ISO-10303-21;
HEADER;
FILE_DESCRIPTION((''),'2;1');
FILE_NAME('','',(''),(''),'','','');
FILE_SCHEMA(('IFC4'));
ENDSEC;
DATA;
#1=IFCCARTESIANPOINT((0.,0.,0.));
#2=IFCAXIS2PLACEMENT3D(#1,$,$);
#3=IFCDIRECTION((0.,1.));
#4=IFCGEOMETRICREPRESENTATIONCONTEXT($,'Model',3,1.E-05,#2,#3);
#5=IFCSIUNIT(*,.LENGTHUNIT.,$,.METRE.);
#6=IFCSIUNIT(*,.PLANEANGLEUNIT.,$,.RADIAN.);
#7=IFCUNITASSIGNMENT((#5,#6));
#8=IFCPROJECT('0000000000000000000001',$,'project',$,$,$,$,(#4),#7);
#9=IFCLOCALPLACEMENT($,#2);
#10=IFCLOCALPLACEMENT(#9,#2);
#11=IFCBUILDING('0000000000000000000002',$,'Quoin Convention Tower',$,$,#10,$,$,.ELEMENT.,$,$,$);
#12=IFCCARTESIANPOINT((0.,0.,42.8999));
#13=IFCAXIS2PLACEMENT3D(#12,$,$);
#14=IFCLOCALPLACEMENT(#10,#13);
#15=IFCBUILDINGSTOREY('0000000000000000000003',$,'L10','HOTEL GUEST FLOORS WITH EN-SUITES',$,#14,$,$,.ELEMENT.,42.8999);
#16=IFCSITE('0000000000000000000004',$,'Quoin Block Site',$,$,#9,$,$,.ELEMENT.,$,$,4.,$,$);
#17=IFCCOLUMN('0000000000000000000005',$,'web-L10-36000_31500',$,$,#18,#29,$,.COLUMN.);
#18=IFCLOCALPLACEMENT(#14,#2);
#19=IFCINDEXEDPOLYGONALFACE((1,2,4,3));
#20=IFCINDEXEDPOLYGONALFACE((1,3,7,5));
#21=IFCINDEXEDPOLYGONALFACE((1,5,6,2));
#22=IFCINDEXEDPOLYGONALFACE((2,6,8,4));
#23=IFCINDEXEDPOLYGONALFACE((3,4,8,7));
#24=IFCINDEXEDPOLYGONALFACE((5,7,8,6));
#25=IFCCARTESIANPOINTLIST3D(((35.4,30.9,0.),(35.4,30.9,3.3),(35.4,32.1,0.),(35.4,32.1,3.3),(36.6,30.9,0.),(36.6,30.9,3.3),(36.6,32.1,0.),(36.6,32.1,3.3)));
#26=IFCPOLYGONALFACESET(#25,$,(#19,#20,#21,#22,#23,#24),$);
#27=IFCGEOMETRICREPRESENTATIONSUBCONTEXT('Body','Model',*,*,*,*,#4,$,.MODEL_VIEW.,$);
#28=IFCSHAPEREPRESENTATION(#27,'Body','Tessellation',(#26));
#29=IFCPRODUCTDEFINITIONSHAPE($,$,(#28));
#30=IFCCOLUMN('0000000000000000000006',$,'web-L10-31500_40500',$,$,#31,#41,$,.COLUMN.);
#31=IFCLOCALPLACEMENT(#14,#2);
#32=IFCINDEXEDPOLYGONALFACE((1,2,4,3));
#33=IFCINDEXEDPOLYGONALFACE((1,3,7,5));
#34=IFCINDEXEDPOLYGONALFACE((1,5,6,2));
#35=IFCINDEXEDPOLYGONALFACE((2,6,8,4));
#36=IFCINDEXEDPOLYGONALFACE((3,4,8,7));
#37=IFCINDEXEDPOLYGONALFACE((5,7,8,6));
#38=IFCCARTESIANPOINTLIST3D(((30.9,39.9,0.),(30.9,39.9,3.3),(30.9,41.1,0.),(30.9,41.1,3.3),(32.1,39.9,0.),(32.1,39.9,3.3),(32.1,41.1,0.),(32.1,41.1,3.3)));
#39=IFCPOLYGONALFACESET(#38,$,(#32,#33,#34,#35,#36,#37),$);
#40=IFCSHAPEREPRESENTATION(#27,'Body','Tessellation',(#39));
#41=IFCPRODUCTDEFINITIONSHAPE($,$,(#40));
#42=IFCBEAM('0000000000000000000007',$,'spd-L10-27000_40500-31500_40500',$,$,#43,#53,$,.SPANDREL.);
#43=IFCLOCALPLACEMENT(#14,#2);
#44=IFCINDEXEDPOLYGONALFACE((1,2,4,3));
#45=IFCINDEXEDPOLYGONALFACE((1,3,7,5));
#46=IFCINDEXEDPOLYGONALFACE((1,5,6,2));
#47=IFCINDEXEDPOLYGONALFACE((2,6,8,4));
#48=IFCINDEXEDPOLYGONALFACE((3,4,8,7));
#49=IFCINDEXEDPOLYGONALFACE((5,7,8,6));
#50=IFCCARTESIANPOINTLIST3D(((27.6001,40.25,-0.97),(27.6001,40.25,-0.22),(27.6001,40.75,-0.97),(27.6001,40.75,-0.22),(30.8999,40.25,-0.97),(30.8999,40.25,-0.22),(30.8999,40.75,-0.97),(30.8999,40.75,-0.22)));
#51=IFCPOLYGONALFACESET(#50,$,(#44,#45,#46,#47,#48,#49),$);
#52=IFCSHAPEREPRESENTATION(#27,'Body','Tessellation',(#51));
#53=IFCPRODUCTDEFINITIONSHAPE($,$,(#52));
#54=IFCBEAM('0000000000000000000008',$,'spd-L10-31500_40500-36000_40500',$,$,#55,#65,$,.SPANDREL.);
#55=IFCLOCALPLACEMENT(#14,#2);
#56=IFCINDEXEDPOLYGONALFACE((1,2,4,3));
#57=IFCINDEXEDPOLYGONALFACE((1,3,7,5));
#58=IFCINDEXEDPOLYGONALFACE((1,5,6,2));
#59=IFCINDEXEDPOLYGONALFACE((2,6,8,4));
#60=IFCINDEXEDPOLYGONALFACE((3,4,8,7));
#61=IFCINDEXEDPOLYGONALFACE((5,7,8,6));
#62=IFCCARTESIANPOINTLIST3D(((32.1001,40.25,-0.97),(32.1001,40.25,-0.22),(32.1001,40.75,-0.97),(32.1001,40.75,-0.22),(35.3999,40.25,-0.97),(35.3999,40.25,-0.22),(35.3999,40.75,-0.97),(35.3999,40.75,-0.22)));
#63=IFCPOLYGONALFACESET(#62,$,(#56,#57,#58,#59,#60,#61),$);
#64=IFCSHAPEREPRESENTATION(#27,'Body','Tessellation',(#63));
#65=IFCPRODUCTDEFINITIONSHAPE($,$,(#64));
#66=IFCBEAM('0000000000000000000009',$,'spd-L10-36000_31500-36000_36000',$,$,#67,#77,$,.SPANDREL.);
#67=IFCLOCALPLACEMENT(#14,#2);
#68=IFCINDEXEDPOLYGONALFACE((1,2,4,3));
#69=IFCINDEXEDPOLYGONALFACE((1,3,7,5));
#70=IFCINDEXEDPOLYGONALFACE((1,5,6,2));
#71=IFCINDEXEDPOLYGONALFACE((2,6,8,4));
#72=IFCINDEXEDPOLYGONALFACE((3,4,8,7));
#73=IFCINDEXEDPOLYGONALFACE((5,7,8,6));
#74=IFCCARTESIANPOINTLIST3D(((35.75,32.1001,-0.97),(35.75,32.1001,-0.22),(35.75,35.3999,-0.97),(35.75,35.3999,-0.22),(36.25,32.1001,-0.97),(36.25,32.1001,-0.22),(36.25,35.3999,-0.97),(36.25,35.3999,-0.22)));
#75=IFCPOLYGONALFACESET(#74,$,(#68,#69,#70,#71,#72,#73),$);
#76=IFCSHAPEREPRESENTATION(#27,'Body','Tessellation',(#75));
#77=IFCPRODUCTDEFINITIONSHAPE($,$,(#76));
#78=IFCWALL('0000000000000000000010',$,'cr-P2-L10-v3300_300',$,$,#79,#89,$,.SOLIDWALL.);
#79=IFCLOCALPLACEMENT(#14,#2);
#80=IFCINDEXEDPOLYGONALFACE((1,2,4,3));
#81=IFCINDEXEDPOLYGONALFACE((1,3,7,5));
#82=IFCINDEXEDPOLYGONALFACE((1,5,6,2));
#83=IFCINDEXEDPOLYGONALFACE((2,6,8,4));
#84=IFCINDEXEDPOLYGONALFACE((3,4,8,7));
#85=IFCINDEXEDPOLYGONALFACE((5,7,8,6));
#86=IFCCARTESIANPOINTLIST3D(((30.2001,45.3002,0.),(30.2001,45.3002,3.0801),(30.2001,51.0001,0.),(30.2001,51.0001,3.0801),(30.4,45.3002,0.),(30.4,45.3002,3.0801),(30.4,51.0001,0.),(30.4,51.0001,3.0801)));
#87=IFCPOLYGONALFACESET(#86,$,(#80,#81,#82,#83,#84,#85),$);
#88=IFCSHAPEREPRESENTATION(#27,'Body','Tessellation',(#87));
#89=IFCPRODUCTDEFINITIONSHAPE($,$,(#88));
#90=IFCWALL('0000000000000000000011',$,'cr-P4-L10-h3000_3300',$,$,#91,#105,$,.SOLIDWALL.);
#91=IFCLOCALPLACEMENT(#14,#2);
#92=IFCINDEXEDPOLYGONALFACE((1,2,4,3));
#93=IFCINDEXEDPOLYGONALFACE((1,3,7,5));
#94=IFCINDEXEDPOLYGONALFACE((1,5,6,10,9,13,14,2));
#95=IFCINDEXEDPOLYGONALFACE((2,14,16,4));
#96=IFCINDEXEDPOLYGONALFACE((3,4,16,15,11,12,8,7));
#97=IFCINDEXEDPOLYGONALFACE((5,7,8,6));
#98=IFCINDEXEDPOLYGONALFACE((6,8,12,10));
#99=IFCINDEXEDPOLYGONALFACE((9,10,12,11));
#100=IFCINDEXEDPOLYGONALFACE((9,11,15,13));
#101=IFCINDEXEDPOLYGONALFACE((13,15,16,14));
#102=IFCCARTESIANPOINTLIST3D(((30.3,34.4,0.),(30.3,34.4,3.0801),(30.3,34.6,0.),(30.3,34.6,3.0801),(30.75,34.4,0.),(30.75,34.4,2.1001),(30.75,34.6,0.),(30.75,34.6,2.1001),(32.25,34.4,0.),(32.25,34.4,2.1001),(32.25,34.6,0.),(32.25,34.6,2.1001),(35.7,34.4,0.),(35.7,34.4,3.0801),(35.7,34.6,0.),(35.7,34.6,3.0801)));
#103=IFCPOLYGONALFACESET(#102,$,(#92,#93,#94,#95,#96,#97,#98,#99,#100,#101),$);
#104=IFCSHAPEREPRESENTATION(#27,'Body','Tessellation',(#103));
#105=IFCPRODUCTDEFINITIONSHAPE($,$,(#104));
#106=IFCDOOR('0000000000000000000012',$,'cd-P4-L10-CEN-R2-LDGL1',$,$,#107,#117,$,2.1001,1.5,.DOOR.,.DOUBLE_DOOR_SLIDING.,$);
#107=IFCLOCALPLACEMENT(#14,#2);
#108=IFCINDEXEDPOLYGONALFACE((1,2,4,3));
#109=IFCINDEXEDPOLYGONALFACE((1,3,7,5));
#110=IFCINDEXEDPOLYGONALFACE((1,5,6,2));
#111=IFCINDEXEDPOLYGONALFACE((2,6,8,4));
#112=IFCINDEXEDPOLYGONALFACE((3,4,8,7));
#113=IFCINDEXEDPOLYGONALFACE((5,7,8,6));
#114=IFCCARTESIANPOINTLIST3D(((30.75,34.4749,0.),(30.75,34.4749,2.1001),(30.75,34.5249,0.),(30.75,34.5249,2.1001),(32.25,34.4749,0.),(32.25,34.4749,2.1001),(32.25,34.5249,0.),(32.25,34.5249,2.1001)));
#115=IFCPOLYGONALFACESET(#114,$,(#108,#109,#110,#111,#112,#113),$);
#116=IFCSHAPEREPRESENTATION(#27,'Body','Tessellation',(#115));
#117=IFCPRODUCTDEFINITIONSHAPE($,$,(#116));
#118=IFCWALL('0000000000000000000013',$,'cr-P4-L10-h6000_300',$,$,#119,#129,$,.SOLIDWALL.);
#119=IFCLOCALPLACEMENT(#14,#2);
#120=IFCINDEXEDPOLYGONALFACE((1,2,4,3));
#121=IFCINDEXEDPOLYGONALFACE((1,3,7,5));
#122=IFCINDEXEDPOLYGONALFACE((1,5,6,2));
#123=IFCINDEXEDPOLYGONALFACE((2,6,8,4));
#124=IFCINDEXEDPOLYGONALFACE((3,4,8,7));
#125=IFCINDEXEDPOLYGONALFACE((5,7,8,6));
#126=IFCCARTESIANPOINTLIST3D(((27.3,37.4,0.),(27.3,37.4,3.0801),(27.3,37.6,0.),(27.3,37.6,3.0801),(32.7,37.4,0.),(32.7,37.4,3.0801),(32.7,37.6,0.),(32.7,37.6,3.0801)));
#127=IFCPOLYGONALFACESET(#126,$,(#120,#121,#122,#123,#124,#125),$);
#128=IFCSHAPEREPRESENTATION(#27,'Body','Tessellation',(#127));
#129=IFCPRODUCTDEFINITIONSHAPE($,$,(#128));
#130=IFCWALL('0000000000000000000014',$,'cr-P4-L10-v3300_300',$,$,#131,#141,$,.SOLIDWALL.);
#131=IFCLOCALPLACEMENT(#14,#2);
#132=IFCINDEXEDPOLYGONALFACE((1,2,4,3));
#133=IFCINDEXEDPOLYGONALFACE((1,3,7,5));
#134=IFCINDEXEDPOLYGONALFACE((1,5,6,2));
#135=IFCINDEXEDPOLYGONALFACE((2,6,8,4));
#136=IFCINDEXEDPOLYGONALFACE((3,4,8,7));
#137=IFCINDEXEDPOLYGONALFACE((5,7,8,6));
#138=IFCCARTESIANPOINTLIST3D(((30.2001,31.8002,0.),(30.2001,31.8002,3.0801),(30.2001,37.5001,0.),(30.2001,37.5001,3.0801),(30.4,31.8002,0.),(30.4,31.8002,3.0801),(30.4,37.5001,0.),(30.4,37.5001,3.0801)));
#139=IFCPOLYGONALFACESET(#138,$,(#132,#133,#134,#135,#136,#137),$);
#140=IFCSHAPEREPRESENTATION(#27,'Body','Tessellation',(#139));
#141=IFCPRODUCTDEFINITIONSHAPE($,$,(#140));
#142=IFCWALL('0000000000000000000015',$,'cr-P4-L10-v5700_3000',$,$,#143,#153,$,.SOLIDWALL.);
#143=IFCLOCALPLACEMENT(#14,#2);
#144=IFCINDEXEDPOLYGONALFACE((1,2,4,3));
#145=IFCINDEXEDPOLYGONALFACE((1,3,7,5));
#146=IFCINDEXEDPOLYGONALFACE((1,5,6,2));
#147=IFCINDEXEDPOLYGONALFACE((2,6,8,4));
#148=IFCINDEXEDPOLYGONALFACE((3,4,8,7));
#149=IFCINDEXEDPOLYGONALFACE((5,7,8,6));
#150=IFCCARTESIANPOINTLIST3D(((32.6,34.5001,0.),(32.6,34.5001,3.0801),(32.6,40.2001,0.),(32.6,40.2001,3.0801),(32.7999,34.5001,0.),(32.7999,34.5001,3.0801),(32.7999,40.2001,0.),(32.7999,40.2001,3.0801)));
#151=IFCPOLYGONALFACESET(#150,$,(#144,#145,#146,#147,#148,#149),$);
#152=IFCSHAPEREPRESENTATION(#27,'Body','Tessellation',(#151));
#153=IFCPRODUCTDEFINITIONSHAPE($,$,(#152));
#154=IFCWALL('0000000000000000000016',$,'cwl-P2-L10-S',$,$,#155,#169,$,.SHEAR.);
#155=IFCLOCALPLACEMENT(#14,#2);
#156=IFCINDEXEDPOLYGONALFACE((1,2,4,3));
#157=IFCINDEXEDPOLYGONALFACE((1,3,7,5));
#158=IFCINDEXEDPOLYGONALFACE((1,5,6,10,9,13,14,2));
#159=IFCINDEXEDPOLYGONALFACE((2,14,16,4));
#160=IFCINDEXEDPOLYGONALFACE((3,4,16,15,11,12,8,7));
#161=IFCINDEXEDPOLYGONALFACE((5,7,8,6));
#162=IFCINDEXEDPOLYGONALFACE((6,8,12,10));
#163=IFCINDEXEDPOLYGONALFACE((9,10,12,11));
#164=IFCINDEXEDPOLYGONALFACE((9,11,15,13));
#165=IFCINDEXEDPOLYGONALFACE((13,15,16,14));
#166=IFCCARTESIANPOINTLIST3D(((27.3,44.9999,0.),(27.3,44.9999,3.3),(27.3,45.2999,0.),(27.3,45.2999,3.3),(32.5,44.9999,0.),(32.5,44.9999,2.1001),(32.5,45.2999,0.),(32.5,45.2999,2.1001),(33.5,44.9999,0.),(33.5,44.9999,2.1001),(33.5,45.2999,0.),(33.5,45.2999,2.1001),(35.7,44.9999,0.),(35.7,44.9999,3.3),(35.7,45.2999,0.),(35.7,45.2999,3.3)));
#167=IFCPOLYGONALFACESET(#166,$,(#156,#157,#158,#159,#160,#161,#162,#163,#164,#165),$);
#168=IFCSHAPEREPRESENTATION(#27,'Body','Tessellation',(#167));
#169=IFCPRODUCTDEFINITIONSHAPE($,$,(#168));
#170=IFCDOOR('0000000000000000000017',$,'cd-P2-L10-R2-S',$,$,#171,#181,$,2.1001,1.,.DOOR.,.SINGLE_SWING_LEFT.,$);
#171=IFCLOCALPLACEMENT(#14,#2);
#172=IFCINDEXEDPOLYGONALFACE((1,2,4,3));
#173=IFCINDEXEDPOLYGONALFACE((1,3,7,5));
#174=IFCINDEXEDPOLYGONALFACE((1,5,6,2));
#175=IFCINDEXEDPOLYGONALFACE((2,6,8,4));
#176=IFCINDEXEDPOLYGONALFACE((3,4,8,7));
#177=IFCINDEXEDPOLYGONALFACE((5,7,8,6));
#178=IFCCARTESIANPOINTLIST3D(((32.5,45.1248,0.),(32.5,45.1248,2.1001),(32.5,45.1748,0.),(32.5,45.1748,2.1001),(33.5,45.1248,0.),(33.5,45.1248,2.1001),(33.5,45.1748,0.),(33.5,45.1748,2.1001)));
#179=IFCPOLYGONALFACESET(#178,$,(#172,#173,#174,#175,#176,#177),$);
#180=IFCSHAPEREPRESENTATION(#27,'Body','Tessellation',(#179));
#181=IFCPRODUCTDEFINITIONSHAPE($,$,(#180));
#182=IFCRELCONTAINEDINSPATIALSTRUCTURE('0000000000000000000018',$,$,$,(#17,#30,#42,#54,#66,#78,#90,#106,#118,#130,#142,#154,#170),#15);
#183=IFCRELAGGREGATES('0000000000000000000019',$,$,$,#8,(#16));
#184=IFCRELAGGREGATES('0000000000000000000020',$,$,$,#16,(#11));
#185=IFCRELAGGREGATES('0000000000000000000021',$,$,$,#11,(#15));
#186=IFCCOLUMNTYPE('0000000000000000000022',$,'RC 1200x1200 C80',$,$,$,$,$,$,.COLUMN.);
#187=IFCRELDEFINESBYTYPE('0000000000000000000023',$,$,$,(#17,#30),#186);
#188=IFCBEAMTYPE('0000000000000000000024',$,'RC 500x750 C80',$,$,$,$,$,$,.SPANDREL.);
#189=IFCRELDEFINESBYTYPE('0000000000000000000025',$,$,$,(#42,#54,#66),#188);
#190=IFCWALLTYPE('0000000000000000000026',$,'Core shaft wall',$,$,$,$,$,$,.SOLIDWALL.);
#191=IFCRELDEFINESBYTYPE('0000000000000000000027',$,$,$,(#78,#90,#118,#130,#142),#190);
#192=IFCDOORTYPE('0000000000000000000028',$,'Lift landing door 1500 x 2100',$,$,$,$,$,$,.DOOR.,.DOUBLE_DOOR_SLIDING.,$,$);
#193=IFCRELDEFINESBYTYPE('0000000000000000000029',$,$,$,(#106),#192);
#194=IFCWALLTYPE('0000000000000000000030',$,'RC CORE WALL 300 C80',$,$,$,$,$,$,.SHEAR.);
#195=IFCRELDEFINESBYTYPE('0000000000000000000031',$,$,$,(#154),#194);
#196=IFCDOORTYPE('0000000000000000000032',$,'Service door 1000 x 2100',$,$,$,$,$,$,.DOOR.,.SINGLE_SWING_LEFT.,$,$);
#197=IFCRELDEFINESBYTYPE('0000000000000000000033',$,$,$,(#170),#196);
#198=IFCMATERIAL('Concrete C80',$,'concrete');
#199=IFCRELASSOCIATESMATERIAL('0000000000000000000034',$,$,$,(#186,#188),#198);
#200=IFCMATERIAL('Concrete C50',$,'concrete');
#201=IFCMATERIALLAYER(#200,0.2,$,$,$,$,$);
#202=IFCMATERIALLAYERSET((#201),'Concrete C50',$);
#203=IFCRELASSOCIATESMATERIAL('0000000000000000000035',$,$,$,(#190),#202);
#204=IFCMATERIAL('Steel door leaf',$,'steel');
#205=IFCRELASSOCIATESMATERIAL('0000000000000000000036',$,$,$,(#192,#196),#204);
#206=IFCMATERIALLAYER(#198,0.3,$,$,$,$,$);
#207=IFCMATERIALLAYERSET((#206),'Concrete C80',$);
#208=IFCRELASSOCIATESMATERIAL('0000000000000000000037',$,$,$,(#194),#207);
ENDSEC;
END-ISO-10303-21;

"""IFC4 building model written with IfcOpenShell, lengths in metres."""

from ifc_helpers import new_model, si_unit, direction, frame, frame_2d, origin, origin_2d, place, context, subcontext, project, spatial, rectangle, extrude, material, layer, layer_set, material_profile, profile_set, type_object, element, fill, save


model = new_model("IFC4")

# Units and contexts
model_context = context("Model", 3, precision=1e-05, world=origin(), true_north=direction((0.0, 1.0)))
body_context = subcontext(model_context, "Body", "Model", "MODEL_VIEW")
ifc_project = project(units=[si_unit("LENGTHUNIT", "METRE"), si_unit("PLANEANGLEUNIT", "RADIAN")], contexts=[model_context])

# Site, building, storey
site_placement = place(None, origin())
site = spatial("IfcSite", under=ifc_project, at=site_placement, Name="Quoin Block Site", CompositionType="ELEMENT", RefElevation=4.0)
building_placement = place(site_placement, origin())
building = spatial("IfcBuilding", under=site, at=building_placement, Name="Quoin Convention Tower", CompositionType="ELEMENT")
storey_placement = place(building_placement, frame((0.0, 0.0, 42.8999)))
storey = spatial("IfcBuildingStorey", under=building, at=storey_placement, Name="L10", Description="HOTEL GUEST FLOORS WITH EN-SUITES", CompositionType="ELEMENT", Elevation=42.8999)

# Columns
ifc_material_1 = material(Name="Concrete C80", Category="concrete")
ifc_material_profile_1 = material_profile(ifc_material_1, rectangle(XDim=1.2, YDim=1.2, at=origin_2d()), Name="RC 1200x1200")
ifc_profile_set_1 = profile_set([ifc_material_profile_1], Name="Concrete C80")
column_type = type_object("IfcColumnType", Name="RC 1200x1200 C80", PredefinedType="COLUMN", material=ifc_profile_set_1)
for number, where, z_axis, x_axis, name in (
    (1, (36.0, 31.5, 0.0), (0.0, 0.0, 1.0), (1.0, 0.0, 0.0), "web-L10-36000_31500"),
    (2, (31.5, 40.5, 0.0), (0.0, 0.0, 1.0), (1.0, 0.0, 0.0), "web-L10-31500_40500"),
):
    element("IfcColumn", number, at=place(storey_placement, frame(where, z_axis=z_axis, x_axis=x_axis)), inside=storey, type_object=column_type, Name=name, PredefinedType="COLUMN", context=body_context, shape_type="SweptSolid", body=[
        extrude(rectangle(XDim=1.2, YDim=1.2, at=origin_2d()), origin(), (0.0, 0.0, 1.0), 3.3),
    ])

# Beams
ifc_material_profile_2 = material_profile(ifc_material_1, rectangle(XDim=0.5, YDim=0.75, at=origin_2d()), Name="RC 500x750")
ifc_profile_set_2 = profile_set([ifc_material_profile_2], Name="Concrete C80")
beam_type = type_object("IfcBeamType", Name="RC 500x750 C80", PredefinedType="SPANDREL", material=ifc_profile_set_2)
for number, where, z_axis, x_axis, name in (
    (3, (27.6001, 40.5, -0.595), (1.0, 0.0, 0.0), (0.0, 1.0, 0.0), "spd-L10-27000_40500-31500_40500"),
    (4, (32.1001, 40.5, -0.595), (1.0, 0.0, 0.0), (0.0, 1.0, 0.0), "spd-L10-31500_40500-36000_40500"),
    (5, (36.0, 32.1001, -0.595), (0.0, 1.0, 0.0), (-1.0, 0.0, 0.0), "spd-L10-36000_31500-36000_36000"),
):
    element("IfcBeam", number, at=place(storey_placement, frame(where, z_axis=z_axis, x_axis=x_axis)), inside=storey, type_object=beam_type, Name=name, PredefinedType="SPANDREL", context=body_context, shape_type="SweptSolid", body=[
        extrude(rectangle(XDim=0.5, YDim=0.75, at=origin_2d()), origin(), (0.0, 0.0, 1.0), 3.2998),
    ])

# Wall
ifc_material_2 = material(Name="Concrete C50", Category="concrete")
ifc_layer_1 = layer(ifc_material_2, 0.2)
ifc_layer_set_1 = layer_set([ifc_layer_1], Name="Concrete C50")
wall_type_1 = type_object("IfcWallType", Name="Core shaft wall", PredefinedType="SOLIDWALL", material=ifc_layer_set_1)
wall_1_placement = place(storey_placement, frame((30.3, 45.3, 0.0), z_axis=(0.0, 0.0, 1.0), x_axis=(0.0, 1.0, 0.0)))
element("IfcWall", 6, at=wall_1_placement, inside=storey, type_object=wall_type_1, Name="cr-P2-L10-v3300_300", PredefinedType="SOLIDWALL", context=body_context, shape_type="SweptSolid", body=[
    extrude(rectangle(XDim=5.7, YDim=0.2, at=frame_2d((2.8501, 0.0))), origin(), (0.0, 0.0, 1.0), 3.0801),
])

# Wall, opening, door
wall_2_placement = place(storey_placement, frame((30.3, 34.5, 0.0), z_axis=(0.0, 0.0, 1.0), x_axis=(1.0, 0.0, 0.0)))
wall_2 = element("IfcWall", 7, at=wall_2_placement, inside=storey, type_object=wall_type_1, Name="cr-P4-L10-h3000_3300", PredefinedType="SOLIDWALL", context=body_context, shape_type="SweptSolid", body=[
    extrude(rectangle(XDim=5.3999, YDim=0.2, at=frame_2d((2.7, 0.0))), origin(), (0.0, 0.0, 1.0), 3.0801),
])
opening_1_placement = place(wall_2_placement, frame((0.45, 0.0, 0.0)))
opening_1 = element("IfcOpeningElement", 8, at=opening_1_placement, cuts=wall_2, PredefinedType="OPENING", context=body_context, shape_type="SweptSolid", body=[
    extrude(rectangle(XDim=1.5, YDim=2.1001, at=frame_2d((0.75, 1.05))), frame((0.0, 0.1099, 0.0), z_axis=(0.0, -1.0, 0.0), x_axis=(1.0, 0.0, 0.0)), (0.0, 0.0, 1.0), 0.22),
])
ifc_material_3 = material(Name="Steel door leaf", Category="steel")
door_type_1 = type_object("IfcDoorType", Name="Lift landing door 1500 x 2100", OperationType="DOUBLE_DOOR_SLIDING", PredefinedType="DOOR", material=ifc_material_3)
door_1_placement = place(opening_1_placement, origin())
door_1 = element("IfcDoor", 9, at=door_1_placement, inside=storey, type_object=door_type_1, Name="cd-P4-L10-CEN-R2-LDGL1", OperationType="DOUBLE_DOOR_SLIDING", OverallHeight=2.1001, OverallWidth=1.5, PredefinedType="DOOR", context=body_context, shape_type="SweptSolid", body=[
    extrude(rectangle(XDim=1.5, YDim=2.1001, at=frame_2d((0.75, 1.05))), frame((0.0, 0.0249, 0.0), z_axis=(0.0, -1.0, 0.0), x_axis=(1.0, 0.0, 0.0)), (0.0, 0.0, 1.0), 0.05),
])
fill(opening_1, door_1)

# Walls
wall_3_placement = place(storey_placement, frame((27.3, 37.5, 0.0), z_axis=(0.0, 0.0, 1.0), x_axis=(1.0, 0.0, 0.0)))
element("IfcWall", 10, at=wall_3_placement, inside=storey, type_object=wall_type_1, Name="cr-P4-L10-h6000_300", PredefinedType="SOLIDWALL", context=body_context, shape_type="SweptSolid", body=[
    extrude(rectangle(XDim=5.3999, YDim=0.2, at=frame_2d((2.7, 0.0))), origin(), (0.0, 0.0, 1.0), 3.0801),
])
for number, where, z_axis, x_axis, name in (
    (11, (30.3, 31.8, 0.0), (0.0, 0.0, 1.0), (0.0, 1.0, 0.0), "cr-P4-L10-v3300_300"),
    (12, (32.7, 34.5, 0.0), (0.0, 0.0, 1.0), (0.0, 1.0, 0.0), "cr-P4-L10-v5700_3000"),
):
    element("IfcWall", number, at=place(storey_placement, frame(where, z_axis=z_axis, x_axis=x_axis)), inside=storey, type_object=wall_type_1, Name=name, PredefinedType="SOLIDWALL", context=body_context, shape_type="SweptSolid", body=[
        extrude(rectangle(XDim=5.7, YDim=0.2, at=frame_2d((2.8501, 0.0))), origin(), (0.0, 0.0, 1.0), 3.0801),
    ])

# Wall, opening, door
ifc_layer_2 = layer(ifc_material_1, 0.3)
ifc_layer_set_2 = layer_set([ifc_layer_2], Name="Concrete C80")
wall_type_2 = type_object("IfcWallType", Name="RC CORE WALL 300 C80", PredefinedType="SHEAR", material=ifc_layer_set_2)
wall_4_placement = place(storey_placement, frame((27.3, 45.1499, 0.0), z_axis=(0.0, 0.0, 1.0), x_axis=(1.0, 0.0, 0.0)))
wall_4 = element("IfcWall", 13, at=wall_4_placement, inside=storey, type_object=wall_type_2, Name="cwl-P2-L10-S", PredefinedType="SHEAR", context=body_context, shape_type="SweptSolid", body=[
    extrude(rectangle(XDim=8.3999, YDim=0.3, at=frame_2d((4.2, 0.0))), origin(), (0.0, 0.0, 1.0), 3.3),
])
opening_2_placement = place(wall_4_placement, frame((5.2, 0.0, 0.0)))
opening_2 = element("IfcOpeningElement", 14, at=opening_2_placement, cuts=wall_4, PredefinedType="OPENING", context=body_context, shape_type="SweptSolid", body=[
    extrude(rectangle(XDim=1.0, YDim=2.1001, at=frame_2d((0.5, 1.05))), frame((0.0, 0.1599, 0.0), z_axis=(0.0, -1.0, 0.0), x_axis=(1.0, 0.0, 0.0)), (0.0, 0.0, 1.0), 0.3201),
])
door_type_2 = type_object("IfcDoorType", Name="Service door 1000 x 2100", OperationType="SINGLE_SWING_LEFT", PredefinedType="DOOR", material=ifc_material_3)
door_2_placement = place(opening_2_placement, origin())
door_2 = element("IfcDoor", 15, at=door_2_placement, inside=storey, type_object=door_type_2, Name="cd-P2-L10-R2-S", OperationType="SINGLE_SWING_LEFT", OverallHeight=2.1001, OverallWidth=1.0, PredefinedType="DOOR", context=body_context, shape_type="SweptSolid", body=[
    extrude(rectangle(XDim=1.0, YDim=2.1001, at=frame_2d((0.5, 1.05))), frame((0.0, 0.0249, 0.0), z_axis=(0.0, -1.0, 0.0), x_axis=(1.0, 0.0, 0.0)), (0.0, 0.0, 1.0), 0.05),
])
fill(opening_2, door_2)

save(model, "model.ifc")
